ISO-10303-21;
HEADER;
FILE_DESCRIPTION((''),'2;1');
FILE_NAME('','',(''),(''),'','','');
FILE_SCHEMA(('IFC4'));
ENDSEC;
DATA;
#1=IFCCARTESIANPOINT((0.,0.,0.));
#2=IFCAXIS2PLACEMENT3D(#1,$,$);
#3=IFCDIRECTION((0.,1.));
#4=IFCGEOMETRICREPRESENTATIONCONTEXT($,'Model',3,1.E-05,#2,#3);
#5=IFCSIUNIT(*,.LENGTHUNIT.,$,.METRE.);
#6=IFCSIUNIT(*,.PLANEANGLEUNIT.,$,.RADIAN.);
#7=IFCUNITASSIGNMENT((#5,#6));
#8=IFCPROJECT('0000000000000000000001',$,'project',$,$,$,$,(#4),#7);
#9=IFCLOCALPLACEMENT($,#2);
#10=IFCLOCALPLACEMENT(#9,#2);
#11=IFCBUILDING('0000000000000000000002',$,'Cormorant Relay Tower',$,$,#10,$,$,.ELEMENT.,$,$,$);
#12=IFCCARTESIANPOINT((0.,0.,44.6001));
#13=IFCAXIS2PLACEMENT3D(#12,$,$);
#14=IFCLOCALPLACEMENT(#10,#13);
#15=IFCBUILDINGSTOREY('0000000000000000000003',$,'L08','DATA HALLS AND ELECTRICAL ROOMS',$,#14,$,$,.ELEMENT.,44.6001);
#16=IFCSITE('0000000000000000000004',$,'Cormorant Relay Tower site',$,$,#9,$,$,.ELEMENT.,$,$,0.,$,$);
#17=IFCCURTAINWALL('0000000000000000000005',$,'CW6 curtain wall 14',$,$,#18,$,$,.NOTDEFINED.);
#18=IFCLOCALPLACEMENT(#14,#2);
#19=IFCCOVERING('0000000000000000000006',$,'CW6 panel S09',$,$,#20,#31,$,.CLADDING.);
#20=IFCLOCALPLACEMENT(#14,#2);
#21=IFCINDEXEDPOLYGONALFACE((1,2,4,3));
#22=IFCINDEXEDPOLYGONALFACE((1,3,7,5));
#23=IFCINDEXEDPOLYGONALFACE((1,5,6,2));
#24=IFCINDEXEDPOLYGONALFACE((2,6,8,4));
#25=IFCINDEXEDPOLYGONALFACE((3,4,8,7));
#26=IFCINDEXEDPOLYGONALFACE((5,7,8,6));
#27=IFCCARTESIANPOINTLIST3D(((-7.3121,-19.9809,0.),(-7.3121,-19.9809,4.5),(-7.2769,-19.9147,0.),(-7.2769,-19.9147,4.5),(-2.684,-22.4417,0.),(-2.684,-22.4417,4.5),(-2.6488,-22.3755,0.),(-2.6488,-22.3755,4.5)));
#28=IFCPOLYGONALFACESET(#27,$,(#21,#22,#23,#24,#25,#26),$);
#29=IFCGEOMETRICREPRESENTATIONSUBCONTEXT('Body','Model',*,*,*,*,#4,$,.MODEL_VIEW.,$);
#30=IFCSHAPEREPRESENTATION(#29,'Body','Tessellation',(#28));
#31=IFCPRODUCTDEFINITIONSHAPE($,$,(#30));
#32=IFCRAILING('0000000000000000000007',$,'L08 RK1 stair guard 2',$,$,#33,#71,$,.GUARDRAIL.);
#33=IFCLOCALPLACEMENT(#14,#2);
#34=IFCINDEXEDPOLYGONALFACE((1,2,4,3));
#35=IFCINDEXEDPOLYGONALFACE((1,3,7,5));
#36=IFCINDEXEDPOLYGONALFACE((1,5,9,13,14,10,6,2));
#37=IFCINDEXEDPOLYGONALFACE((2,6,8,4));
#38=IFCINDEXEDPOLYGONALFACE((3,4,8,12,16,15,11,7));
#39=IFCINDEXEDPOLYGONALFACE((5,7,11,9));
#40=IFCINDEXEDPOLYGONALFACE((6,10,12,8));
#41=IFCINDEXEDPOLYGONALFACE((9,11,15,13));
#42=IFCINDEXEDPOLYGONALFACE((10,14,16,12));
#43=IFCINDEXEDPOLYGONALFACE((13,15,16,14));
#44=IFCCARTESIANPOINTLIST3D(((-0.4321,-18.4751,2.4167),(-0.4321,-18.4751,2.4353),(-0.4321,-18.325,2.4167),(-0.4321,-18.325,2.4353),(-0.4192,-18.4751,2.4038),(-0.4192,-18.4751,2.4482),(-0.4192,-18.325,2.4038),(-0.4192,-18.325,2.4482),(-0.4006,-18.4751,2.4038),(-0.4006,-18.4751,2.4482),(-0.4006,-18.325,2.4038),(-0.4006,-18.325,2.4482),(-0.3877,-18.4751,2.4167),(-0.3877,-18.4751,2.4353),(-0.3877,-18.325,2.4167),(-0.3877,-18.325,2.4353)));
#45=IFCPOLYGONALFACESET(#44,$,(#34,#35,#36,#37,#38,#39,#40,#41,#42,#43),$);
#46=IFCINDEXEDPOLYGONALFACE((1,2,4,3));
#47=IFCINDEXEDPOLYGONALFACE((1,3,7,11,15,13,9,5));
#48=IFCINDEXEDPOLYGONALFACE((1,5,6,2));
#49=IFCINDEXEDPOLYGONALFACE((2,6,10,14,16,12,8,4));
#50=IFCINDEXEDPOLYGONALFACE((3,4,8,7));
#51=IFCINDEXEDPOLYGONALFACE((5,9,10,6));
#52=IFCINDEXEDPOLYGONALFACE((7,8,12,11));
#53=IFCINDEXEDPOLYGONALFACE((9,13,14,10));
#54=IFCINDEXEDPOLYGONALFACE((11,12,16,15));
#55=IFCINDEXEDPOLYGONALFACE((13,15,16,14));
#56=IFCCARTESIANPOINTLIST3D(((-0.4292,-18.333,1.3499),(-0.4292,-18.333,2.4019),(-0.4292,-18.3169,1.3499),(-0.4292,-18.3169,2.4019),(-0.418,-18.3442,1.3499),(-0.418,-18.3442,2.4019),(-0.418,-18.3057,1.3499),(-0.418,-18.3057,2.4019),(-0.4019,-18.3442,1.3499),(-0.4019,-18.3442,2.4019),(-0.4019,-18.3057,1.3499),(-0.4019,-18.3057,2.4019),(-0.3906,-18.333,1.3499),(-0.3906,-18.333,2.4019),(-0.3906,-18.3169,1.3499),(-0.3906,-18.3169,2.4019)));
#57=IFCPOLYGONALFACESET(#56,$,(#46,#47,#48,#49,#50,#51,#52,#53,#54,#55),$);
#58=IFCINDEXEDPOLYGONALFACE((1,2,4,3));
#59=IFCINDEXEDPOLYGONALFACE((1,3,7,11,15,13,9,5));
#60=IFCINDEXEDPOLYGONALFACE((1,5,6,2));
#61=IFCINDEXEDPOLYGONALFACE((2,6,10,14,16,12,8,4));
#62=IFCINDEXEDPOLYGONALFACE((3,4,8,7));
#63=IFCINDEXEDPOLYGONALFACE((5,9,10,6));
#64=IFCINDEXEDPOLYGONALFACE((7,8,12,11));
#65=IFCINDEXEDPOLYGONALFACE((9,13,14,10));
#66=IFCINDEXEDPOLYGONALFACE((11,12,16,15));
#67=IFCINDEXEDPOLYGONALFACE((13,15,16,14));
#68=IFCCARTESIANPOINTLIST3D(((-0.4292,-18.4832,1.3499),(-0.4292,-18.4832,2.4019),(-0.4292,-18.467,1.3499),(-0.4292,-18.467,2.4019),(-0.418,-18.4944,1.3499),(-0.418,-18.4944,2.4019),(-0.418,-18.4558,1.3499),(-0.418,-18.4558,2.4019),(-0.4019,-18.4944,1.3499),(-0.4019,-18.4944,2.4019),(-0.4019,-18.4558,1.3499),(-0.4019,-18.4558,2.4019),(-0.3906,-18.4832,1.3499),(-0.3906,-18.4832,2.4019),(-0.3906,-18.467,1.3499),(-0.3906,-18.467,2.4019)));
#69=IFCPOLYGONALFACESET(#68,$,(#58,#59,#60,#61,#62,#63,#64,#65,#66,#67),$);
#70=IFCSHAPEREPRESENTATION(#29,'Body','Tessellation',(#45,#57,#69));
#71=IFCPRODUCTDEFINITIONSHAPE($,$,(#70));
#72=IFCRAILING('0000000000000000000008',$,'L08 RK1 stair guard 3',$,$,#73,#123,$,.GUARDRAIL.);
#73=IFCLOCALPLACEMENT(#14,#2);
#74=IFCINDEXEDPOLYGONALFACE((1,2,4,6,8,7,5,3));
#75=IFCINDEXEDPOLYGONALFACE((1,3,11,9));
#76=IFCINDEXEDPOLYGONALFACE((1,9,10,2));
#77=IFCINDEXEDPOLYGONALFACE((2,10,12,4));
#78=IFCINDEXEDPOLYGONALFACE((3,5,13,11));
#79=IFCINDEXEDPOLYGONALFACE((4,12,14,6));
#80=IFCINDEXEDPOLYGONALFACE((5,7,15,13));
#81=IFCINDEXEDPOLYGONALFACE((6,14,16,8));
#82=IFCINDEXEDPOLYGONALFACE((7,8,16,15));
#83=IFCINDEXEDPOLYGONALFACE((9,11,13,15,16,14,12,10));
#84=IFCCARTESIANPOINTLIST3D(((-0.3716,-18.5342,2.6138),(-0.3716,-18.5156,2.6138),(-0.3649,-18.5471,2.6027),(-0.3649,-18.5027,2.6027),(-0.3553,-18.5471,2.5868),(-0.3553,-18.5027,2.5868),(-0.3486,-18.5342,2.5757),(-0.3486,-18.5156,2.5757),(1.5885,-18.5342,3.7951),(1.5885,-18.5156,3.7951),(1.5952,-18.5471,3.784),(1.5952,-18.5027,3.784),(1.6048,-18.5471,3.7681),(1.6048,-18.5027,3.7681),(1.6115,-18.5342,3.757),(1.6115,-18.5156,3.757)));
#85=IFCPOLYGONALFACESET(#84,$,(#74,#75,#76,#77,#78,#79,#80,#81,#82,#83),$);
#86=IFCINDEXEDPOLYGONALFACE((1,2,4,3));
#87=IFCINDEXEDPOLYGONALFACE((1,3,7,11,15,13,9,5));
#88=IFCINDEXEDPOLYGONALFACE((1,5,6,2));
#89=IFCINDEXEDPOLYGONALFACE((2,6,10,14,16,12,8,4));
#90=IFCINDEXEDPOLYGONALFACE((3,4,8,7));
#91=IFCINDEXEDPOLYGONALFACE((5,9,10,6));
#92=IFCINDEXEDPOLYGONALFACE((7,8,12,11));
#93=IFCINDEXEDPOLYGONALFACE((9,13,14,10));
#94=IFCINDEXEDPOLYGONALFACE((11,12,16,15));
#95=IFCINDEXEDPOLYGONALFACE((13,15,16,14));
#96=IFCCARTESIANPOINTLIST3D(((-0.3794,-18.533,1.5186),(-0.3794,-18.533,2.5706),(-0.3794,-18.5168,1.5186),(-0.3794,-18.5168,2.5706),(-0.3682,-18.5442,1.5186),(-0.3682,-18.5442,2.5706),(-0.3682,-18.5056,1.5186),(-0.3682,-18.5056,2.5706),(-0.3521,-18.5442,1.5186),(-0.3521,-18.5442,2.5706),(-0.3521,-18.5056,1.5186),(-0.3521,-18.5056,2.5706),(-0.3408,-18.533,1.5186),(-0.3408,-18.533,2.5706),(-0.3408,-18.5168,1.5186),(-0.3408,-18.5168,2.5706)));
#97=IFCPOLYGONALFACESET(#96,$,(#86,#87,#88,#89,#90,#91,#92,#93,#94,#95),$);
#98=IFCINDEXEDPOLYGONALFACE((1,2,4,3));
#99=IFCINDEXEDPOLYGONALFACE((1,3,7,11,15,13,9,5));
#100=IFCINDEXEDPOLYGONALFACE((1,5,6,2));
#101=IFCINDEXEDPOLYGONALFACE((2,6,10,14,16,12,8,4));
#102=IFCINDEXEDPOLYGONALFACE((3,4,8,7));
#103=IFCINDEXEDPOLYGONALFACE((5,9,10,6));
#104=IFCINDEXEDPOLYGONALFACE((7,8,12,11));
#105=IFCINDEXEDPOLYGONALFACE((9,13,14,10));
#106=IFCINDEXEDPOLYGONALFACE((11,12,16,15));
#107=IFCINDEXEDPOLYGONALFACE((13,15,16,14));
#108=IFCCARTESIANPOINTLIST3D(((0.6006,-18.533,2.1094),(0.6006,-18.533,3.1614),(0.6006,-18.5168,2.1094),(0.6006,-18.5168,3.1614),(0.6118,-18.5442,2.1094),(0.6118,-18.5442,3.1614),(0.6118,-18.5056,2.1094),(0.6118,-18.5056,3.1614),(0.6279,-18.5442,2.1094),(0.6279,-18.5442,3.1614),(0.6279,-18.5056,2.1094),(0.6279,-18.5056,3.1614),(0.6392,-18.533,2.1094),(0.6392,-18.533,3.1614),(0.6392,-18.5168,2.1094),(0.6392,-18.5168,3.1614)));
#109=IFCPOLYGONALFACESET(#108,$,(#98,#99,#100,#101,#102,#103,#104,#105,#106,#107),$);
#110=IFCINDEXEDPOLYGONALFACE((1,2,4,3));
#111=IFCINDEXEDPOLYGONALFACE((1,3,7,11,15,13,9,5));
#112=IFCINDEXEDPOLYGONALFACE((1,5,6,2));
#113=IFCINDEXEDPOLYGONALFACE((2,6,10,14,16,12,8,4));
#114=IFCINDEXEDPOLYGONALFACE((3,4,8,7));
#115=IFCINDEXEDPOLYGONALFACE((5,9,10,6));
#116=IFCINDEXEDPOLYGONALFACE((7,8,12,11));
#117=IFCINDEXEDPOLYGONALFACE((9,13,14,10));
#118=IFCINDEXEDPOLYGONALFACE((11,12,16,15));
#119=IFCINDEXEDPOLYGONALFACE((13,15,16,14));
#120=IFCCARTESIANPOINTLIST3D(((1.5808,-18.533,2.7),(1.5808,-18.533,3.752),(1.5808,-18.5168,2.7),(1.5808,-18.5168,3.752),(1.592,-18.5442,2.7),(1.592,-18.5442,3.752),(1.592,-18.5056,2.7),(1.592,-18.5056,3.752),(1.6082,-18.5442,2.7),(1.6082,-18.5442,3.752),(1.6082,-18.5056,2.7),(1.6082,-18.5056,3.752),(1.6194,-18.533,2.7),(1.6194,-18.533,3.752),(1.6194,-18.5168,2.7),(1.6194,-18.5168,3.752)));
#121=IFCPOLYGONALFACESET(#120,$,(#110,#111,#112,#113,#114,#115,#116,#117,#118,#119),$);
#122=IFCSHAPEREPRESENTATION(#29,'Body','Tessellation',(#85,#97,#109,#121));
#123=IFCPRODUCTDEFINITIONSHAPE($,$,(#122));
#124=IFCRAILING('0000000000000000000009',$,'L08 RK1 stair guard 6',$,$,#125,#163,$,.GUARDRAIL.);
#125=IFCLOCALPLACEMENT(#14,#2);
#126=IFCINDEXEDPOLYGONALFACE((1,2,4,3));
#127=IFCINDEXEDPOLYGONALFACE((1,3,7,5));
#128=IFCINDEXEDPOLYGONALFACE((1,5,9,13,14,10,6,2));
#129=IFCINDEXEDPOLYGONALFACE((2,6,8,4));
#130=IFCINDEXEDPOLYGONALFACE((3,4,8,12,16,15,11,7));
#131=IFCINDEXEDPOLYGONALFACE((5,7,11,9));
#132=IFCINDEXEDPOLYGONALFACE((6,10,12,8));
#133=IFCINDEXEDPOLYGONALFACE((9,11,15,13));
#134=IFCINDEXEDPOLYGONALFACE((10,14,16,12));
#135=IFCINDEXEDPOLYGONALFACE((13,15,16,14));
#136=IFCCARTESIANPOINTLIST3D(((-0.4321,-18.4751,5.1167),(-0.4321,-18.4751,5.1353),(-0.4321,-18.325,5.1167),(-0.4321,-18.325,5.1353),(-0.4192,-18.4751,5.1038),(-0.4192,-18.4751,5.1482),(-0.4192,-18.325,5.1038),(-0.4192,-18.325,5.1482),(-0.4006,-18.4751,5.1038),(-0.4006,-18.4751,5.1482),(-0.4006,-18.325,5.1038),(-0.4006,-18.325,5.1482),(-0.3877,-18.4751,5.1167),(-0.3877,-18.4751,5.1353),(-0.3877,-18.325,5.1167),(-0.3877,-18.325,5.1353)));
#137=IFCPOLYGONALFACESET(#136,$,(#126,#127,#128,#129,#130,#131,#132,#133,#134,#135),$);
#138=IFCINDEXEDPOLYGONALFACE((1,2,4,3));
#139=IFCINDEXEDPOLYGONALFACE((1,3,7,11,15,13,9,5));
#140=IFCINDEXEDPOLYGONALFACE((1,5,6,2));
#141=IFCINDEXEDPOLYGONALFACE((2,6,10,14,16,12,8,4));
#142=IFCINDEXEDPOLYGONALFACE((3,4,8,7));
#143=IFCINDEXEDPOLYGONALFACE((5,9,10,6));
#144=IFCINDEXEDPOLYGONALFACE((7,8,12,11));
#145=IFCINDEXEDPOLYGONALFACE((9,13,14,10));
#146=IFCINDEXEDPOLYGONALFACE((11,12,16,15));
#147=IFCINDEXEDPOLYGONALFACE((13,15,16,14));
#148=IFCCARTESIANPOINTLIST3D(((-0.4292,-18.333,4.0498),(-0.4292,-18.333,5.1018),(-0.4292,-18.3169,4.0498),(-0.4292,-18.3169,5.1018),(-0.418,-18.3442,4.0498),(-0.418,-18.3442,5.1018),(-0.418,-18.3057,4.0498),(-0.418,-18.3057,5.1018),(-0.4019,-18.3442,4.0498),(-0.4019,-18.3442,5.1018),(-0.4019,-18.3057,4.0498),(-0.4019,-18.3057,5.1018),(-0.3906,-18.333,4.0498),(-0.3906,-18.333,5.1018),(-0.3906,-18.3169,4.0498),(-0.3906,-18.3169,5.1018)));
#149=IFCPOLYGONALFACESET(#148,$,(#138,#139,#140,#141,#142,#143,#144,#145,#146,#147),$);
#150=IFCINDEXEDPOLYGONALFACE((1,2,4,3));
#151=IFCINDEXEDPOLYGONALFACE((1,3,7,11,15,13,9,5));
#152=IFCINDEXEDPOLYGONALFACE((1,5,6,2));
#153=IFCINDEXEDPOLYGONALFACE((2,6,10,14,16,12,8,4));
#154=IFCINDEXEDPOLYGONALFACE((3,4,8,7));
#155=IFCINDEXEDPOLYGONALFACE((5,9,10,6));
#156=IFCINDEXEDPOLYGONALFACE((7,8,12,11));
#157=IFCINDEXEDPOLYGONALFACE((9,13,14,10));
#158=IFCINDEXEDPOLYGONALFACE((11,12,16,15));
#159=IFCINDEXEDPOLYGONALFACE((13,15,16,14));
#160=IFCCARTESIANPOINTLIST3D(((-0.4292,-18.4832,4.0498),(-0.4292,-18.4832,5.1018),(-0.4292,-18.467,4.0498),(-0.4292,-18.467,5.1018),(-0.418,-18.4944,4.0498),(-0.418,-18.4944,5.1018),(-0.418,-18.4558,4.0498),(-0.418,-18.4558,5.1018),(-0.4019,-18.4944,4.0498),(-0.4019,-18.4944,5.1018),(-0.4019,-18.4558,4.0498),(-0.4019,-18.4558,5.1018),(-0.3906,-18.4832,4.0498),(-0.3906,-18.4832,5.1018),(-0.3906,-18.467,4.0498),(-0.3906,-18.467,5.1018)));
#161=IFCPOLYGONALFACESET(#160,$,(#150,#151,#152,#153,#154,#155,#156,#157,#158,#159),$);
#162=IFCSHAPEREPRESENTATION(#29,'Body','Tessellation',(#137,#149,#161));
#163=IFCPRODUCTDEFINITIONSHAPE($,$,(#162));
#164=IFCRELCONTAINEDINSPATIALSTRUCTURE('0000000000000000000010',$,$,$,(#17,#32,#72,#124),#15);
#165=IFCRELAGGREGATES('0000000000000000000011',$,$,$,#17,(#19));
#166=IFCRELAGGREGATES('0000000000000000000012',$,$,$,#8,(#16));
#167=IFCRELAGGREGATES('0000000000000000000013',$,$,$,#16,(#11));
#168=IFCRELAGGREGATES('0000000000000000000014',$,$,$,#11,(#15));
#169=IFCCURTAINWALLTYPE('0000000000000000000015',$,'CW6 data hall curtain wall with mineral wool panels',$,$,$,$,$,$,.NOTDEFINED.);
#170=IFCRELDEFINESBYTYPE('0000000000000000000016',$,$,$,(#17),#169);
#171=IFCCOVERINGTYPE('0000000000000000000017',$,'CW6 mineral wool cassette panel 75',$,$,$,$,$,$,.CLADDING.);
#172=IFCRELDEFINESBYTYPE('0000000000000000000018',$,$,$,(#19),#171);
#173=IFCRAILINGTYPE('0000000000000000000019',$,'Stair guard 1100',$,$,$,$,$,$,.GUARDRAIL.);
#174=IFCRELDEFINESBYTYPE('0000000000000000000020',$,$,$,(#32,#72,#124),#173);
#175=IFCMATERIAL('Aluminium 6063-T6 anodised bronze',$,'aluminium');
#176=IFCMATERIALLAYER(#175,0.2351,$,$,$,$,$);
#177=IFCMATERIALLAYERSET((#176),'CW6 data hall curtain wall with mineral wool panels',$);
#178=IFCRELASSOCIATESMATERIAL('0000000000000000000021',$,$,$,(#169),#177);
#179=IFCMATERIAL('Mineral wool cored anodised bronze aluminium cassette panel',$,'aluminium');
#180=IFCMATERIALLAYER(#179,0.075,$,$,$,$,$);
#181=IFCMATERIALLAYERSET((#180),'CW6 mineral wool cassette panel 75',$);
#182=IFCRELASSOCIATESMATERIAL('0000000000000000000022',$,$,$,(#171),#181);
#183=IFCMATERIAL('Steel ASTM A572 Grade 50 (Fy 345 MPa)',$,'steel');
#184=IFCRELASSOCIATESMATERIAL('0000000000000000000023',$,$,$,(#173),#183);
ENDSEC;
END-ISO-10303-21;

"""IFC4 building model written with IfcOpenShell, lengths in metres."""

from ifc_helpers import new_model, si_unit, direction, frame, origin, origin_2d, place, context, subcontext, project, spatial, polyline, rectangle, outline, extrude, material, layer, layer_set, type_object, element, aggregate, save


model = new_model("IFC4")

# Units and contexts
model_context = context("Model", 3, precision=1e-05, world=origin(), true_north=direction((0.0, 1.0)))
body_context = subcontext(model_context, "Body", "Model", "MODEL_VIEW")
ifc_project = project(units=[si_unit("LENGTHUNIT", "METRE"), si_unit("PLANEANGLEUNIT", "RADIAN")], contexts=[model_context])

# Site, building, storey
site_placement = place(None, origin())
site = spatial("IfcSite", under=ifc_project, at=site_placement, Name="Cormorant Relay Tower site", CompositionType="ELEMENT", RefElevation=0.0)
building_placement = place(site_placement, origin())
building = spatial("IfcBuilding", under=site, at=building_placement, Name="Cormorant Relay Tower", CompositionType="ELEMENT")
storey_placement = place(building_placement, frame((0.0, 0.0, 44.6001)))
storey = spatial("IfcBuildingStorey", under=building, at=storey_placement, Name="L08", Description="DATA HALLS AND ELECTRICAL ROOMS", CompositionType="ELEMENT", Elevation=44.6001)

# Shared definitions
ifc_material_1 = material(Name="Aluminium 6063-T6 anodised bronze", Category="aluminium")
ifc_layer_1 = layer(ifc_material_1, 0.2351)
ifc_layer_set_1 = layer_set([ifc_layer_1], Name="CW6 data hall curtain wall with mineral wool panels")
curtain_wall_type = type_object("IfcCurtainWallType", Name="CW6 data hall curtain wall with mineral wool panels", PredefinedType="NOTDEFINED", material=ifc_layer_set_1)

# Curtain wall
curtain_wall_1_placement = place(storey_placement, origin())
curtain_wall_1 = element("IfcCurtainWall", 1, at=curtain_wall_1_placement, inside=storey, type_object=curtain_wall_type, Name="CW6 curtain wall 14", PredefinedType="NOTDEFINED")

# Covering
ifc_material_2 = material(Name="Mineral wool cored anodised bronze aluminium cassette panel", Category="aluminium")
ifc_layer_2 = layer(ifc_material_2, 0.075)
ifc_layer_set_2 = layer_set([ifc_layer_2], Name="CW6 mineral wool cassette panel 75")
covering_type = type_object("IfcCoveringType", Name="CW6 mineral wool cassette panel 75", PredefinedType="CLADDING", material=ifc_layer_set_2)
covering_1_placement = place(storey_placement, frame((-4.9805, -21.1782, 0.0), z_axis=(0.0, 0.0, 1.0), x_axis=(0.882948, -0.469472, 0.0)))
covering_1 = element("IfcCovering", 2, at=covering_1_placement, type_object=covering_type, Name="CW6 panel S09", PredefinedType="CLADDING", context=body_context, shape_type="SweptSolid", body=[
    extrude(rectangle(XDim=5.2417, YDim=0.075, at=origin_2d()), origin(), (0.0, 0.0, 1.0), 4.5),
])
aggregate(curtain_wall_1, [covering_1])

# Railings
ifc_material_3 = material(Name="Steel ASTM A572 Grade 50 (Fy 345 MPa)", Category="steel")
railing_type_1 = type_object("IfcRailingType", Name="Stair guard 1100", PredefinedType="GUARDRAIL", material=ifc_material_3)
railing_1_placement = place(storey_placement, frame((-0.4099, -18.325, 1.3499)))
element("IfcRailing", 3, at=railing_1_placement, inside=storey, type_object=railing_type_1, Name="L08 RK1 stair guard 2", PredefinedType="GUARDRAIL", context=body_context, shape_type="SweptSolid", body=[
    extrude(outline(polyline([(0.0222, 0.0093), (0.0093, 0.0222), (-0.0093, 0.0222), (-0.0222, 0.0093), (-0.0222, -0.0093), (-0.0093, -0.0222), (0.0093, -0.0222), (0.0222, -0.0093), (0.0222, 0.0093)])), frame((0.0, 0.0, 1.0762), z_axis=(0.0, -1.0, 0.0), x_axis=(1.0, 0.0, 0.0)), (0.0, 0.0, 1.0), 0.1501),
    extrude(outline(polyline([(0.0193, 0.0081), (0.0081, 0.0193), (-0.0081, 0.0193), (-0.0193, 0.0081), (-0.0193, -0.0081), (-0.0081, -0.0193), (0.0081, -0.0193), (0.0193, -0.0081), (0.0193, 0.0081)])), origin(), (0.0, 0.0, 1.0), 1.052),
    extrude(outline(polyline([(0.0193, 0.0081), (0.0081, 0.0193), (-0.0081, 0.0193), (-0.0193, 0.0081), (-0.0193, -0.0081), (-0.0081, -0.0193), (0.0081, -0.0193), (0.0193, -0.0081), (0.0193, 0.0081)])), frame((0.0, -0.1501, 0.0)), (0.0, 0.0, 1.0), 1.052),
])
railing_2_placement = place(storey_placement, frame((-0.3601, -18.5249, 1.5186)))
element("IfcRailing", 4, at=railing_2_placement, inside=storey, type_object=railing_type_1, Name="L08 RK1 stair guard 3", PredefinedType="GUARDRAIL", context=body_context, shape_type="SweptSolid", body=[
    extrude(outline(polyline([(0.0222, 0.0093), (0.0093, 0.0222), (-0.0093, 0.0222), (-0.0222, 0.0093), (-0.0222, -0.0093), (-0.0093, -0.0222), (0.0093, -0.0222), (0.0222, -0.0093), (0.0222, 0.0093)])), frame((0.0, 0.0, 1.0762), z_axis=(0.856475, 0.0, 0.516189), x_axis=(0.0, 1.0, 0.0)), (0.0, 0.0, 1.0), 2.2886),
    extrude(outline(polyline([(0.0193, 0.0081), (0.0081, 0.0193), (-0.0081, 0.0193), (-0.0193, 0.0081), (-0.0193, -0.0081), (-0.0081, -0.0193), (0.0081, -0.0193), (0.0193, -0.0081), (0.0193, 0.0081)])), origin(), (0.0, 0.0, 1.0), 1.052),
    extrude(outline(polyline([(0.0193, 0.0081), (0.0081, 0.0193), (-0.0081, 0.0193), (-0.0193, 0.0081), (-0.0193, -0.0081), (-0.0081, -0.0193), (0.0081, -0.0193), (0.0193, -0.0081), (0.0193, 0.0081)])), frame((0.98, 0.0, 0.5908)), (0.0, 0.0, 1.0), 1.052),
    extrude(outline(polyline([(0.0193, 0.0081), (0.0081, 0.0193), (-0.0081, 0.0193), (-0.0193, 0.0081), (-0.0193, -0.0081), (-0.0081, -0.0193), (0.0081, -0.0193), (0.0193, -0.0081), (0.0193, 0.0081)])), frame((1.9602, 0.0, 1.1814)), (0.0, 0.0, 1.0), 1.052),
])
railing_3_placement = place(storey_placement, frame((-0.4099, -18.325, 4.0498)))
element("IfcRailing", 5, at=railing_3_placement, inside=storey, type_object=railing_type_1, Name="L08 RK1 stair guard 6", PredefinedType="GUARDRAIL", context=body_context, shape_type="SweptSolid", body=[
    extrude(outline(polyline([(0.0222, 0.0093), (0.0093, 0.0222), (-0.0093, 0.0222), (-0.0222, 0.0093), (-0.0222, -0.0093), (-0.0093, -0.0222), (0.0093, -0.0222), (0.0222, -0.0093), (0.0222, 0.0093)])), frame((0.0, 0.0, 1.0762), z_axis=(0.0, -1.0, 0.0), x_axis=(1.0, 0.0, 0.0)), (0.0, 0.0, 1.0), 0.1501),
    extrude(outline(polyline([(0.0193, 0.0081), (0.0081, 0.0193), (-0.0081, 0.0193), (-0.0193, 0.0081), (-0.0193, -0.0081), (-0.0081, -0.0193), (0.0081, -0.0193), (0.0193, -0.0081), (0.0193, 0.0081)])), origin(), (0.0, 0.0, 1.0), 1.052),
    extrude(outline(polyline([(0.0193, 0.0081), (0.0081, 0.0193), (-0.0081, 0.0193), (-0.0193, 0.0081), (-0.0193, -0.0081), (-0.0081, -0.0193), (0.0081, -0.0193), (0.0193, -0.0081), (0.0193, 0.0081)])), frame((0.0, -0.1501, 0.0)), (0.0, 0.0, 1.0), 1.052),
])

save(model, "model.ifc")
